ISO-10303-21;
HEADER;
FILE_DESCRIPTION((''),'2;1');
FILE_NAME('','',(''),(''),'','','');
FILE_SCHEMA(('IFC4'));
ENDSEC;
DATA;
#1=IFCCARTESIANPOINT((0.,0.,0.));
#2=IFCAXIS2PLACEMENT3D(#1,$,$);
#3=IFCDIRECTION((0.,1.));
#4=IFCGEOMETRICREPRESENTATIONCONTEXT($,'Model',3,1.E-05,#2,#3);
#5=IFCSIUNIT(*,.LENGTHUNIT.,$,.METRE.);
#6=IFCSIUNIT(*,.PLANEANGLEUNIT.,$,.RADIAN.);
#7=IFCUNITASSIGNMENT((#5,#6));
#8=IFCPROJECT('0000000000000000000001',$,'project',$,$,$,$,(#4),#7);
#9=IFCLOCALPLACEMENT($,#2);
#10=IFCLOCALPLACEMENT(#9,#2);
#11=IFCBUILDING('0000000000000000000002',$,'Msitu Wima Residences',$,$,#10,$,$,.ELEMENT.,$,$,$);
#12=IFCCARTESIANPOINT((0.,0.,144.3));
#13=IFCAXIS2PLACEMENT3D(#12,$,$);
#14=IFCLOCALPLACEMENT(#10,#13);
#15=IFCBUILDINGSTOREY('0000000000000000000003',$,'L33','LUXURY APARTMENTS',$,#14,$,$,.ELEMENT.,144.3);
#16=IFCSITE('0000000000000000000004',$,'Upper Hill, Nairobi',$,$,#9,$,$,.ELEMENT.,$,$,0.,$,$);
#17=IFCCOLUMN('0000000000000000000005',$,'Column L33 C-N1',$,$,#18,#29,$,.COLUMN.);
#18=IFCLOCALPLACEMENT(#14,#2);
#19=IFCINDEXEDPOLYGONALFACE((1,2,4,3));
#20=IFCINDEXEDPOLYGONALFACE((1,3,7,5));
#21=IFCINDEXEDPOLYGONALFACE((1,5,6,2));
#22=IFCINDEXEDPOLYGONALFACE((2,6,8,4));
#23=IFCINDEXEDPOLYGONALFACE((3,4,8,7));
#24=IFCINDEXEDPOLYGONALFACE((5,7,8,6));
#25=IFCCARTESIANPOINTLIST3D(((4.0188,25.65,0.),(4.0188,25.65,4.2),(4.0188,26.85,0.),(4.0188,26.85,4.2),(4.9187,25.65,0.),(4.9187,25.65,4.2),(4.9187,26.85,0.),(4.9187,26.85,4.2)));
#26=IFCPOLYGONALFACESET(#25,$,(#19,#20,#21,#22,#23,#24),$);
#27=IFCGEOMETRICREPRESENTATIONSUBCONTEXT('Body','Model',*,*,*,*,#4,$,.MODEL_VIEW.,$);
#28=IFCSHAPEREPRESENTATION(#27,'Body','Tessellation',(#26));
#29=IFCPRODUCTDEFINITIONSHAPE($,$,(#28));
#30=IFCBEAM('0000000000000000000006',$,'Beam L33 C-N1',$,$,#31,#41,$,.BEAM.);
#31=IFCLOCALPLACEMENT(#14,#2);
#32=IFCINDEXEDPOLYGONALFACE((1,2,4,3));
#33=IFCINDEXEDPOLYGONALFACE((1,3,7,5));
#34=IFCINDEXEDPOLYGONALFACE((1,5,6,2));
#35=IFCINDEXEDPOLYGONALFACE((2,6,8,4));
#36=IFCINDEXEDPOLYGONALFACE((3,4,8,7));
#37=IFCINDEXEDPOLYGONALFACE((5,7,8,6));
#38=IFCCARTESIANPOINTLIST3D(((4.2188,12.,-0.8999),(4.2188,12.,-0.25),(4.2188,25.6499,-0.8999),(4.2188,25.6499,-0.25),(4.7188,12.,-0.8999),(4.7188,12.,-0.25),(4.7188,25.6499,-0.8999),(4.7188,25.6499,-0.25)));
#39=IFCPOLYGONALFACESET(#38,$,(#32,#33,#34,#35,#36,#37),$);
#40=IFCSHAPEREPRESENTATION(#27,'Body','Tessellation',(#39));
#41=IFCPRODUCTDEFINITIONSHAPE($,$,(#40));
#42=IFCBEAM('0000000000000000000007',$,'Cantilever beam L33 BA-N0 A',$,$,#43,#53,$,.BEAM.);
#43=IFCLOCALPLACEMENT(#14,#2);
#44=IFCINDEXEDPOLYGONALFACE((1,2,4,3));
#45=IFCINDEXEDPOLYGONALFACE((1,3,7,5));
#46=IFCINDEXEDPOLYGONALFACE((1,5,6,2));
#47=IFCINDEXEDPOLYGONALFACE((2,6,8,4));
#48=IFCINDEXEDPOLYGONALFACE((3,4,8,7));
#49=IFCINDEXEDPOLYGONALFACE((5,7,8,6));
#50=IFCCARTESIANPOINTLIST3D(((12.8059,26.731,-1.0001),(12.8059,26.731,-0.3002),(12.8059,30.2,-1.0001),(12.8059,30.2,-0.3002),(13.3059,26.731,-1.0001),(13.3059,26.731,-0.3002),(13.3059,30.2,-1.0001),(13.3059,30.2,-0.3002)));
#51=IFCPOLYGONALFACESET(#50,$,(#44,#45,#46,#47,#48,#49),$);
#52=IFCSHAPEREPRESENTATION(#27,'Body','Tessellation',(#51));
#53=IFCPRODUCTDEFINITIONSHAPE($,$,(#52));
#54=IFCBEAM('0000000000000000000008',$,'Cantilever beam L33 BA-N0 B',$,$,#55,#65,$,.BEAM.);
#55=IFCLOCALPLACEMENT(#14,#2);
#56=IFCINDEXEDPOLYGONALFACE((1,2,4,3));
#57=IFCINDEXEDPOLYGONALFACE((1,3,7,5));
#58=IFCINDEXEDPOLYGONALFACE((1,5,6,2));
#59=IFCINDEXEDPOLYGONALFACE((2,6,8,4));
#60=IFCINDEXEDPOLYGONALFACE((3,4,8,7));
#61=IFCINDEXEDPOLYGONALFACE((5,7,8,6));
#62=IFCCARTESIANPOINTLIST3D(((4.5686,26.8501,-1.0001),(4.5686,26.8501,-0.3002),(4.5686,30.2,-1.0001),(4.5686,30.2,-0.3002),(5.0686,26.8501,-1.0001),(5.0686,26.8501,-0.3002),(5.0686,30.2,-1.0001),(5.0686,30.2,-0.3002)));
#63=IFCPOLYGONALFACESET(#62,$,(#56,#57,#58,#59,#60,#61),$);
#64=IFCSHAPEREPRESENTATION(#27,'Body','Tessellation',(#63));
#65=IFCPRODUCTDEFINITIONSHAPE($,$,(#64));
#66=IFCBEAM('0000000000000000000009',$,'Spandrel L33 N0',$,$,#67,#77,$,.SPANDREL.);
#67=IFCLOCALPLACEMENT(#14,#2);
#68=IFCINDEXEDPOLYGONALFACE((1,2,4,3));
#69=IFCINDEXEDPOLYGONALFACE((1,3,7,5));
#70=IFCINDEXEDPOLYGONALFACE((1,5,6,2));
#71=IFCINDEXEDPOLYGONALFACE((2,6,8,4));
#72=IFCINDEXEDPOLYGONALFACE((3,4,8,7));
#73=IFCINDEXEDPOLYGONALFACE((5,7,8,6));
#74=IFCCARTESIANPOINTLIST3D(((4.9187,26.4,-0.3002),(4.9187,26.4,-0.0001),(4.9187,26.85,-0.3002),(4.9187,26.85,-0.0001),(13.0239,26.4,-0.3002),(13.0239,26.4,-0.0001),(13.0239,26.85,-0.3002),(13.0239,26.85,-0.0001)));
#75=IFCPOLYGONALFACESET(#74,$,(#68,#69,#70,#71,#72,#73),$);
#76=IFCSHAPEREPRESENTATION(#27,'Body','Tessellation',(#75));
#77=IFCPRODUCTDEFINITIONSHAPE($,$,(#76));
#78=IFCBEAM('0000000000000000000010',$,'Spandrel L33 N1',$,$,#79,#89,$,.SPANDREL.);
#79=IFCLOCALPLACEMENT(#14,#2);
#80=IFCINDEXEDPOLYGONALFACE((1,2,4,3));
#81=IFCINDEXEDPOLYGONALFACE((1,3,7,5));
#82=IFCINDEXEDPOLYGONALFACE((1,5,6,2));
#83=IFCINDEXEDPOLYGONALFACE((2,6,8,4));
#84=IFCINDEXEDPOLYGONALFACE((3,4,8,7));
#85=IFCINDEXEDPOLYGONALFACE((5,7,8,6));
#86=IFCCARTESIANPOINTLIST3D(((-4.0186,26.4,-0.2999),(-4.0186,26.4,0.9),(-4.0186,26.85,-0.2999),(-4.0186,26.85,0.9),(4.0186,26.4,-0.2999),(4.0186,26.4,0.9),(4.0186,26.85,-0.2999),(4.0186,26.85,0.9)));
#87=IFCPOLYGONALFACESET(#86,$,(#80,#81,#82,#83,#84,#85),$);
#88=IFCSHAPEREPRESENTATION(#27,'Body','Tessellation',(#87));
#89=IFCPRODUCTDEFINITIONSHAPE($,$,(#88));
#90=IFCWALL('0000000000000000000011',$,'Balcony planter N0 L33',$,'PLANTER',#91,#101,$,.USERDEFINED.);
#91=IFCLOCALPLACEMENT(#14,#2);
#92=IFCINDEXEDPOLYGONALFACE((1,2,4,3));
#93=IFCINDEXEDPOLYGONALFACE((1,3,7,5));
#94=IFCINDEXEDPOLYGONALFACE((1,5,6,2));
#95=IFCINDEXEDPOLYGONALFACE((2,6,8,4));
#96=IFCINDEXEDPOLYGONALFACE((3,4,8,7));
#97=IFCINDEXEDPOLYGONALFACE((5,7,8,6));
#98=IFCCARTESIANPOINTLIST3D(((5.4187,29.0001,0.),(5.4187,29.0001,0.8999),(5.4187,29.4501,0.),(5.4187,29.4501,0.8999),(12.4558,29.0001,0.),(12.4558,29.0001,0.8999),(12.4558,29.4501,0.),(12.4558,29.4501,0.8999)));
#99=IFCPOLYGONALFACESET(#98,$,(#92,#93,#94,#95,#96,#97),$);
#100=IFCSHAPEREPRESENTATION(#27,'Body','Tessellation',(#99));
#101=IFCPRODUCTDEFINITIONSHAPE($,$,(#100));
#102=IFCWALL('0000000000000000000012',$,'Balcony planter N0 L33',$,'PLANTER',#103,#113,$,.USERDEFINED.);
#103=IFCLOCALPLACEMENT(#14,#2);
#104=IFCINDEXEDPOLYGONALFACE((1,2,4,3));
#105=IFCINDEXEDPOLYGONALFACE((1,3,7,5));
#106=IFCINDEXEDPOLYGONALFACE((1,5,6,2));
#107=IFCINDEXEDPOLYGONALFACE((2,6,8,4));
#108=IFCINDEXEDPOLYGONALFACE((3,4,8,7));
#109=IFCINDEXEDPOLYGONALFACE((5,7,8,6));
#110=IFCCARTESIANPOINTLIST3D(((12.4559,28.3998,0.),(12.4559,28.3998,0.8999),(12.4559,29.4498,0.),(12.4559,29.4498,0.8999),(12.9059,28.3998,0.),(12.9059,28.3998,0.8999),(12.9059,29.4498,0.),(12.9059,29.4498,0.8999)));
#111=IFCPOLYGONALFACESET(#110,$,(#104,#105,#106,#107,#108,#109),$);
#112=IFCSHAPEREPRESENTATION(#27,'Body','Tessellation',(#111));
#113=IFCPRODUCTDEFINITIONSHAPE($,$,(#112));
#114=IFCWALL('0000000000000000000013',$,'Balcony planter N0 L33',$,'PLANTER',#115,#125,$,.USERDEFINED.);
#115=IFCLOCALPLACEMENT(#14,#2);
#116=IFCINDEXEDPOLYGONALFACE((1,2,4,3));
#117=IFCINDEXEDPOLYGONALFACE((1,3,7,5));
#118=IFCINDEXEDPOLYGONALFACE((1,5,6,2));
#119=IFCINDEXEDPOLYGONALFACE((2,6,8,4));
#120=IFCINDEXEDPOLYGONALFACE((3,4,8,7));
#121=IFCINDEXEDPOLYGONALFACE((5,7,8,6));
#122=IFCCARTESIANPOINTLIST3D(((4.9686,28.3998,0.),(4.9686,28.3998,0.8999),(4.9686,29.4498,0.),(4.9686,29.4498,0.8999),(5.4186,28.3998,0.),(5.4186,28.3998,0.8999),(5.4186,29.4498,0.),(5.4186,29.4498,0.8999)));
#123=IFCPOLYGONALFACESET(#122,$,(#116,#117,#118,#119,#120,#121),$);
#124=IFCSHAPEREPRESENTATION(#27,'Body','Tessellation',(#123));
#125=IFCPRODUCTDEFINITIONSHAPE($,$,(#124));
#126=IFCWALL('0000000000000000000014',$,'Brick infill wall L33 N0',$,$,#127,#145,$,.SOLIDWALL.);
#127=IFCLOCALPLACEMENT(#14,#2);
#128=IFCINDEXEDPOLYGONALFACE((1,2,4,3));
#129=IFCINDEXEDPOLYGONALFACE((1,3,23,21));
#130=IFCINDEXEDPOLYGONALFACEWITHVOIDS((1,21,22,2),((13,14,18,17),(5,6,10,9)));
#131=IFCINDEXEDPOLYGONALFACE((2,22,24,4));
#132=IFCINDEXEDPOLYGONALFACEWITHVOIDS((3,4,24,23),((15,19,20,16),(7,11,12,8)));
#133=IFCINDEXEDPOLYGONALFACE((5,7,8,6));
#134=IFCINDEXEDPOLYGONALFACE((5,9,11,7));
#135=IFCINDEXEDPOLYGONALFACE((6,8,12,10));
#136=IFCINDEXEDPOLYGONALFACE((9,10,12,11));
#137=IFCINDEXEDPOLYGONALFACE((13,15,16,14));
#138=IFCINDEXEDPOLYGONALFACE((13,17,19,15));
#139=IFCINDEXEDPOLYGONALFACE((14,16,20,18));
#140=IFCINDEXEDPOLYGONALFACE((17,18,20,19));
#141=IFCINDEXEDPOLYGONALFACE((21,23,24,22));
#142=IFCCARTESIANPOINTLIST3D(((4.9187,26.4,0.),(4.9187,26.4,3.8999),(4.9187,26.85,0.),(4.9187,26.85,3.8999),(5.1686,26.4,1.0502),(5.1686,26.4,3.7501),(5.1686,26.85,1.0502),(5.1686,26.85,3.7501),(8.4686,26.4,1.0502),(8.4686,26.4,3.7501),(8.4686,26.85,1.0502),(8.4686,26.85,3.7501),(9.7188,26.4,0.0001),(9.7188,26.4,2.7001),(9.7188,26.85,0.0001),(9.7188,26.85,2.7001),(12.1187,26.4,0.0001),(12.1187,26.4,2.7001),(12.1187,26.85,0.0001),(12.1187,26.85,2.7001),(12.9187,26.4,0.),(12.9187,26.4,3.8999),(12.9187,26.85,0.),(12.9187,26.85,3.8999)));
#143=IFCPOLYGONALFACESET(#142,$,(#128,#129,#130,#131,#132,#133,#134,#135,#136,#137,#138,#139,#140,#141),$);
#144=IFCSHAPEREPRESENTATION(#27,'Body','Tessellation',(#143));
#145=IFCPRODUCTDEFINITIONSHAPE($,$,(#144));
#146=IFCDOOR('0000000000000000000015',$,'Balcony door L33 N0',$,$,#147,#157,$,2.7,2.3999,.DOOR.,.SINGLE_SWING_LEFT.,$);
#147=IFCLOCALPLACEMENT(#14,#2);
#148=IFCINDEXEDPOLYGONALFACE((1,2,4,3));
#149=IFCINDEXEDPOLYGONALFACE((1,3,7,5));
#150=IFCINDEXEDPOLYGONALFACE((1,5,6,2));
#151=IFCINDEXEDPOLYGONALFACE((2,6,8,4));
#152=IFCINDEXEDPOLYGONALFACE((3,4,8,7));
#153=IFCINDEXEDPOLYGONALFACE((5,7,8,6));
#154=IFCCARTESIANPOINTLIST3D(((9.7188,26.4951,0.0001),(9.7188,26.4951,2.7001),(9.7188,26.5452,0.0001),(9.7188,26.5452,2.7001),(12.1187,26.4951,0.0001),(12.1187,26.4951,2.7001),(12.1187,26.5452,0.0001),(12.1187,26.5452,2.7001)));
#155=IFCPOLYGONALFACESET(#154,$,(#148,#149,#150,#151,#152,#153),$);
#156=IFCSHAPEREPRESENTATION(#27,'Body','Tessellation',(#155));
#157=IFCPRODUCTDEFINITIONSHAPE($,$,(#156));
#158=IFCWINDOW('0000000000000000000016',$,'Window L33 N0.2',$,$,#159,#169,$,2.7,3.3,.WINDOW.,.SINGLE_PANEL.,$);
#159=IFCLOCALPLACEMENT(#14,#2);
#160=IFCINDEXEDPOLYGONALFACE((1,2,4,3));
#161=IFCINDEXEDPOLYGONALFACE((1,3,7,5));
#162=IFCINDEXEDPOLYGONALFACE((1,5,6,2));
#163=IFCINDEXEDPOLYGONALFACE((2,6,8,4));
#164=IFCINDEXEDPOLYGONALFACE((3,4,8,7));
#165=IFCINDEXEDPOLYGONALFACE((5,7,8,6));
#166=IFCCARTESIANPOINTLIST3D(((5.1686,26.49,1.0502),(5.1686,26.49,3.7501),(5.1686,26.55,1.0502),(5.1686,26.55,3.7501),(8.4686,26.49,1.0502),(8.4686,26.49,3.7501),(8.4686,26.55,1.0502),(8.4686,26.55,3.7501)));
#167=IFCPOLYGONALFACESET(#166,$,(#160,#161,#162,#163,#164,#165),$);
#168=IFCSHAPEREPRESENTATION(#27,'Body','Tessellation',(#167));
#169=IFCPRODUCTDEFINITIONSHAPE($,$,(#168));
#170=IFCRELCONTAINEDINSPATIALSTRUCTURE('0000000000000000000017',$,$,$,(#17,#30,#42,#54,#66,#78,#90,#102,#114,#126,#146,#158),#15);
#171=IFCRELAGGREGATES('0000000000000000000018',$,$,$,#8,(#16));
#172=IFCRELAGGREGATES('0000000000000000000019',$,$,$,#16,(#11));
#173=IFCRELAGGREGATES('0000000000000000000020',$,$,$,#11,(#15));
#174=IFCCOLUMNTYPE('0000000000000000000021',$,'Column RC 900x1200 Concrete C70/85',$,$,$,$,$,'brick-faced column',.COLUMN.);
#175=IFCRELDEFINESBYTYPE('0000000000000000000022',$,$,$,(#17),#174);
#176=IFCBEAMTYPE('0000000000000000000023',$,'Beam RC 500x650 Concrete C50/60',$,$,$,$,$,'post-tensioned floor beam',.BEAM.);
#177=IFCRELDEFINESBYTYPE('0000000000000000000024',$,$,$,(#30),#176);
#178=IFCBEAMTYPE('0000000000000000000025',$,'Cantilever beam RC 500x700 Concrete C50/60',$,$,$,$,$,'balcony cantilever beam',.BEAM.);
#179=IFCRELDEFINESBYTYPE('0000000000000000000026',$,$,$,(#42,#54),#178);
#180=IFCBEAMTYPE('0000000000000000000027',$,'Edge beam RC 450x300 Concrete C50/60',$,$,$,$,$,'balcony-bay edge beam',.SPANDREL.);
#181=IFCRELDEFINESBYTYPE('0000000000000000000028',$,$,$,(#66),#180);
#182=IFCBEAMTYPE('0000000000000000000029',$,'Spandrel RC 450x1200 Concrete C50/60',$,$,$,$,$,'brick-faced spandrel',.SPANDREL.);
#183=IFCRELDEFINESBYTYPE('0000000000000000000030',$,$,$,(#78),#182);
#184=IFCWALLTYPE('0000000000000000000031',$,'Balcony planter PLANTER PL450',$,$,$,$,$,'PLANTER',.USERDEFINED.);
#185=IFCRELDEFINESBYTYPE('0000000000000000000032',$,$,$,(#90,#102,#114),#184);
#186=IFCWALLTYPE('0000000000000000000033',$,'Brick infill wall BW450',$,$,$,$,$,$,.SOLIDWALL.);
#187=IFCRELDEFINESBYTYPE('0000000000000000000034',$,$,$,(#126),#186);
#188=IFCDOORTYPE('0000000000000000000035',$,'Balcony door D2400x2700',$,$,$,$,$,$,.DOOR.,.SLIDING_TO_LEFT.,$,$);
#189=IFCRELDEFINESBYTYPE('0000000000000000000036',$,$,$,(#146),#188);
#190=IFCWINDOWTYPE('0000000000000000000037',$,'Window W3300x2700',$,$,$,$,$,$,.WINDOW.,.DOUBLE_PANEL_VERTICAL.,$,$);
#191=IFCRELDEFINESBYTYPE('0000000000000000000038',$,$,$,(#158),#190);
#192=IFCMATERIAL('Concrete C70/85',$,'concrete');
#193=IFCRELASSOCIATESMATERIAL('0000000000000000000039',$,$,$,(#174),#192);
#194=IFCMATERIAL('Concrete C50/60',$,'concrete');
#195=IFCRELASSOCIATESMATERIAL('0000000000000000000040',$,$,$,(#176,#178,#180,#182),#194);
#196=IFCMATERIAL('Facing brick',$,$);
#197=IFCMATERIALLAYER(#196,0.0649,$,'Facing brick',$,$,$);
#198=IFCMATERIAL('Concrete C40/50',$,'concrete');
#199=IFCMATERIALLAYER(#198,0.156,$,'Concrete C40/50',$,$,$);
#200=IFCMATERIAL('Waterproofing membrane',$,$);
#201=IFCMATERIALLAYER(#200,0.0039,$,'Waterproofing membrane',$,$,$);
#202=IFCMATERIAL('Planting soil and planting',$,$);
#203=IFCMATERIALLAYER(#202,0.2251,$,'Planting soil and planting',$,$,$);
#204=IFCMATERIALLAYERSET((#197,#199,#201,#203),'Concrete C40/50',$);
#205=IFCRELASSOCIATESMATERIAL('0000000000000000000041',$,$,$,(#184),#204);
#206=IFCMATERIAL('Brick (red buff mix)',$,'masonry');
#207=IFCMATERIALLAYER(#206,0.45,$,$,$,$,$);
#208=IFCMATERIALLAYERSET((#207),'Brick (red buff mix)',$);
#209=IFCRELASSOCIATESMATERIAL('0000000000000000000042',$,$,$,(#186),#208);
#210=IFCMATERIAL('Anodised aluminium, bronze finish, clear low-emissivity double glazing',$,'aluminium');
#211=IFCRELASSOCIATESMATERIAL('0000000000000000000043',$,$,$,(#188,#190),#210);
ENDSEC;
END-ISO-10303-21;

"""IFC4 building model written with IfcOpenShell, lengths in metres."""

from ifc_helpers import new_model, si_unit, direction, frame, frame_2d, origin, origin_2d, place, context, subcontext, project, spatial, rectangle, extrude, material, layer, layer_set, material_profile, profile_set, type_object, element, fill, save


model = new_model("IFC4")

# Units and contexts
model_context = context("Model", 3, precision=1e-05, world=origin(), true_north=direction((0.0, 1.0)))
body_context = subcontext(model_context, "Body", "Model", "MODEL_VIEW")
ifc_project = project(units=[si_unit("LENGTHUNIT", "METRE"), si_unit("PLANEANGLEUNIT", "RADIAN")], contexts=[model_context])

# Site, building, storey
site_placement = place(None, origin())
site = spatial("IfcSite", under=ifc_project, at=site_placement, Name="Upper Hill, Nairobi", CompositionType="ELEMENT", RefElevation=0.0)
building_placement = place(site_placement, origin())
building = spatial("IfcBuilding", under=site, at=building_placement, Name="Msitu Wima Residences", CompositionType="ELEMENT")
storey_placement = place(building_placement, frame((0.0, 0.0, 144.3)))
storey = spatial("IfcBuildingStorey", under=building, at=storey_placement, Name="L33", Description="LUXURY APARTMENTS", CompositionType="ELEMENT", Elevation=144.3)

# Column
ifc_material_1 = material(Name="Concrete C70/85", Category="concrete")
ifc_material_profile_1 = material_profile(ifc_material_1, rectangle(XDim=0.8999, YDim=1.2, at=origin_2d()), Name="RC 900x1200")
ifc_profile_set_1 = profile_set([ifc_material_profile_1], Name="Concrete C70/85")
column_type = type_object("IfcColumnType", Name="Column RC 900x1200 Concrete C70/85", ElementType="brick-faced column", PredefinedType="COLUMN", material=ifc_profile_set_1)
column_placement = place(storey_placement, frame((4.4688, 26.25, 0.0), z_axis=(0.0, 0.0, 1.0), x_axis=(-1.0, 0.0, 0.0)))
element("IfcColumn", 1, at=column_placement, inside=storey, type_object=column_type, Name="Column L33 C-N1", PredefinedType="COLUMN", context=body_context, shape_type="SweptSolid", body=[
    extrude(rectangle(XDim=0.8999, YDim=1.2, at=origin_2d()), origin(), (0.0, 0.0, 1.0), 4.2),
])

# Beams
ifc_material_2 = material(Name="Concrete C50/60", Category="concrete")
ifc_material_profile_2 = material_profile(ifc_material_2, rectangle(XDim=0.5, YDim=0.6499, at=origin_2d()), Name="RC 500x650")
ifc_profile_set_2 = profile_set([ifc_material_profile_2], Name="Concrete C50/60")
beam_type_1 = type_object("IfcBeamType", Name="Beam RC 500x650 Concrete C50/60", ElementType="post-tensioned floor beam", PredefinedType="BEAM", material=ifc_profile_set_2)
beam_1_placement = place(storey_placement, frame((4.4688, 25.6499, -0.575), z_axis=(0.0, -1.0, 0.0), x_axis=(1.0, 0.0, 0.0)))
element("IfcBeam", 2, at=beam_1_placement, inside=storey, type_object=beam_type_1, Name="Beam L33 C-N1", PredefinedType="BEAM", context=body_context, shape_type="SweptSolid", body=[
    extrude(rectangle(XDim=0.5, YDim=0.6499, at=origin_2d()), origin(), (0.0, 0.0, 1.0), 13.6499),
])
ifc_material_profile_3 = material_profile(ifc_material_2, rectangle(XDim=0.5, YDim=0.7, at=origin_2d()), Name="RC 500x700")
ifc_profile_set_3 = profile_set([ifc_material_profile_3], Name="Concrete C50/60")
beam_type_2 = type_object("IfcBeamType", Name="Cantilever beam RC 500x700 Concrete C50/60", ElementType="balcony cantilever beam", PredefinedType="BEAM", material=ifc_profile_set_3)
beam_2_placement = place(storey_placement, frame((13.0559, 26.731, -0.6501), z_axis=(0.0, 1.0, 0.0), x_axis=(-1.0, 0.0, 0.0)))
element("IfcBeam", 3, at=beam_2_placement, inside=storey, type_object=beam_type_2, Name="Cantilever beam L33 BA-N0 A", PredefinedType="BEAM", context=body_context, shape_type="SweptSolid", body=[
    extrude(rectangle(XDim=0.5, YDim=0.7, at=origin_2d()), origin(), (0.0, 0.0, 1.0), 3.469),
])
beam_3_placement = place(storey_placement, frame((4.8186, 26.8501, -0.6501), z_axis=(0.0, 1.0, 0.0), x_axis=(-1.0, 0.0, 0.0)))
element("IfcBeam", 4, at=beam_3_placement, inside=storey, type_object=beam_type_2, Name="Cantilever beam L33 BA-N0 B", PredefinedType="BEAM", context=body_context, shape_type="SweptSolid", body=[
    extrude(rectangle(XDim=0.5, YDim=0.7, at=origin_2d()), origin(), (0.0, 0.0, 1.0), 3.3499),
])
ifc_material_profile_4 = material_profile(ifc_material_2, rectangle(XDim=0.45, YDim=0.3, at=origin_2d()), Name="RC 450x300")
ifc_profile_set_4 = profile_set([ifc_material_profile_4], Name="Concrete C50/60")
beam_type_3 = type_object("IfcBeamType", Name="Edge beam RC 450x300 Concrete C50/60", ElementType="balcony-bay edge beam", PredefinedType="SPANDREL", material=ifc_profile_set_4)
beam_4_placement = place(storey_placement, frame((13.0239, 26.625, -0.1501), z_axis=(-1.0, 0.0, 0.0), x_axis=(0.0, -1.0, 0.0)))
element("IfcBeam", 5, at=beam_4_placement, inside=storey, type_object=beam_type_3, Name="Spandrel L33 N0", PredefinedType="SPANDREL", context=body_context, shape_type="SweptSolid", body=[
    extrude(rectangle(XDim=0.45, YDim=0.3, at=origin_2d()), origin(), (0.0, 0.0, 1.0), 8.1052),
])
ifc_material_profile_5 = material_profile(ifc_material_2, rectangle(XDim=0.45, YDim=1.2, at=origin_2d()), Name="RC 450x1200")
ifc_profile_set_5 = profile_set([ifc_material_profile_5], Name="Concrete C50/60")
beam_type_4 = type_object("IfcBeamType", Name="Spandrel RC 450x1200 Concrete C50/60", ElementType="brick-faced spandrel", PredefinedType="SPANDREL", material=ifc_profile_set_5)
beam_5_placement = place(storey_placement, frame((4.0186, 26.625, 0.3), z_axis=(-1.0, 0.0, 0.0), x_axis=(0.0, -1.0, 0.0)))
element("IfcBeam", 6, at=beam_5_placement, inside=storey, type_object=beam_type_4, Name="Spandrel L33 N1", PredefinedType="SPANDREL", context=body_context, shape_type="SweptSolid", body=[
    extrude(rectangle(XDim=0.45, YDim=1.2, at=origin_2d()), origin(), (0.0, 0.0, 1.0), 8.0371),
])

# Walls
ifc_material_3 = material(Name="Facing brick")
ifc_layer_1 = layer(ifc_material_3, 0.0649, Name="Facing brick")
ifc_material_4 = material(Name="Concrete C40/50", Category="concrete")
ifc_layer_2 = layer(ifc_material_4, 0.156, Name="Concrete C40/50")
ifc_material_5 = material(Name="Waterproofing membrane")
ifc_layer_3 = layer(ifc_material_5, 0.0039, Name="Waterproofing membrane")
ifc_material_6 = material(Name="Planting soil and planting")
ifc_layer_4 = layer(ifc_material_6, 0.2251, Name="Planting soil and planting")
ifc_layer_set_1 = layer_set([ifc_layer_1, ifc_layer_2, ifc_layer_3, ifc_layer_4], Name="Concrete C40/50")
wall_type_1 = type_object("IfcWallType", Name="Balcony planter PLANTER PL450", ElementType="PLANTER", PredefinedType="USERDEFINED", material=ifc_layer_set_1)
wall_1_placement = place(storey_placement, frame((12.4558, 29.2251, 0.0), z_axis=(0.0, 0.0, 1.0), x_axis=(-1.0, 0.0, 0.0)))
element("IfcWall", 7, at=wall_1_placement, inside=storey, type_object=wall_type_1, Name="Balcony planter N0 L33", ObjectType="PLANTER", PredefinedType="USERDEFINED", context=body_context, shape_type="SweptSolid", body=[
    extrude(rectangle(XDim=7.0371, YDim=0.45, at=frame_2d((3.5186, 0.0))), origin(), (0.0, 0.0, 1.0), 0.8999),
])
for number, where, z_axis, x_axis, name in (
    (8, (12.6809, 28.3999, 0.0), (0.0, 0.0, 1.0), (0.0, 1.0, 0.0), "Balcony planter N0 L33"),
    (9, (5.1936, 28.3999, 0.0), (0.0, 0.0, 1.0), (0.0, 1.0, 0.0), "Balcony planter N0 L33"),
):
    element("IfcWall", number, at=place(storey_placement, frame(where, z_axis=z_axis, x_axis=x_axis)), inside=storey, type_object=wall_type_1, Name=name, ObjectType="PLANTER", PredefinedType="USERDEFINED", context=body_context, shape_type="SweptSolid", body=[
        extrude(rectangle(XDim=1.05, YDim=0.45, at=frame_2d((0.5249, 0.0))), origin(), (0.0, 0.0, 1.0), 0.8999),
    ])

# Wall, openings, door, window
ifc_material_7 = material(Name="Brick (red buff mix)", Category="masonry")
ifc_layer_5 = layer(ifc_material_7, 0.45)
ifc_layer_set_2 = layer_set([ifc_layer_5], Name="Brick (red buff mix)")
wall_type_2 = type_object("IfcWallType", Name="Brick infill wall BW450", PredefinedType="SOLIDWALL", material=ifc_layer_set_2)
wall_2_placement = place(storey_placement, frame((12.9187, 26.625, 0.0), z_axis=(0.0, 0.0, 1.0), x_axis=(-1.0, 0.0, 0.0)))
wall_2 = element("IfcWall", 10, at=wall_2_placement, inside=storey, type_object=wall_type_2, Name="Brick infill wall L33 N0", PredefinedType="SOLIDWALL", context=body_context, shape_type="SweptSolid", body=[
    extrude(rectangle(XDim=8.0, YDim=0.45, at=frame_2d((4.0, 0.0))), origin(), (0.0, 0.0, 1.0), 3.8999),
])
opening_1_placement = place(wall_2_placement, frame((0.8, 0.0, 0.0)))
opening_1 = element("IfcOpeningElement", 11, at=opening_1_placement, cuts=wall_2, PredefinedType="OPENING", context=body_context, shape_type="SweptSolid", body=[
    extrude(rectangle(XDim=2.3999, YDim=2.7, at=frame_2d((1.2, 1.3501))), frame((0.0, 0.2349, 0.0), z_axis=(0.0, -1.0, 0.0), x_axis=(1.0, 0.0, 0.0)), (0.0, 0.0, 1.0), 0.47),
])
opening_2_placement = place(wall_2_placement, frame((4.4502, 0.0, 1.05)))
opening_2 = element("IfcOpeningElement", 12, at=opening_2_placement, cuts=wall_2, PredefinedType="OPENING", context=body_context, shape_type="SweptSolid", body=[
    extrude(rectangle(XDim=3.3, YDim=2.7, at=frame_2d((1.6499, 1.3501))), frame((0.0, 0.2349, 0.0), z_axis=(0.0, -1.0, 0.0), x_axis=(1.0, 0.0, 0.0)), (0.0, 0.0, 1.0), 0.47),
])
ifc_material_8 = material(Name="Anodised aluminium, bronze finish, clear low-emissivity double glazing", Category="aluminium")
door_type_1 = type_object("IfcDoorType", Name="Balcony door D2400x2700", OperationType="SLIDING_TO_LEFT", PredefinedType="DOOR", material=ifc_material_8)
door_1_placement = place(opening_1_placement, origin())
door_1 = element("IfcDoor", 13, at=door_1_placement, inside=storey, type_object=door_type_1, Name="Balcony door L33 N0", OperationType="SINGLE_SWING_LEFT", OverallHeight=2.7, OverallWidth=2.3999, PredefinedType="DOOR", context=body_context, shape_type="SweptSolid", body=[
    extrude(rectangle(XDim=2.3999, YDim=2.7, at=frame_2d((1.2, 1.3501))), frame((0.0, 0.1299, 0.0), z_axis=(0.0, -1.0, 0.0), x_axis=(1.0, 0.0, 0.0)), (0.0, 0.0, 1.0), 0.05),
])
fill(opening_1, door_1)
window_type = type_object("IfcWindowType", Name="Window W3300x2700", PartitioningType="DOUBLE_PANEL_VERTICAL", PredefinedType="WINDOW", material=ifc_material_8)
window_1_placement = place(opening_2_placement, origin())
window_1 = element("IfcWindow", 14, at=window_1_placement, inside=storey, type_object=window_type, Name="Window L33 N0.2", OverallHeight=2.7, OverallWidth=3.3, PartitioningType="SINGLE_PANEL", PredefinedType="WINDOW", context=body_context, shape_type="SweptSolid", body=[
    extrude(rectangle(XDim=3.3, YDim=2.7, at=frame_2d((1.6499, 1.3501))), frame((0.0, 0.135, 0.0), z_axis=(0.0, -1.0, 0.0), x_axis=(1.0, 0.0, 0.0)), (0.0, 0.0, 1.0), 0.0601),
])
fill(opening_2, window_1)

save(model, "model.ifc")
